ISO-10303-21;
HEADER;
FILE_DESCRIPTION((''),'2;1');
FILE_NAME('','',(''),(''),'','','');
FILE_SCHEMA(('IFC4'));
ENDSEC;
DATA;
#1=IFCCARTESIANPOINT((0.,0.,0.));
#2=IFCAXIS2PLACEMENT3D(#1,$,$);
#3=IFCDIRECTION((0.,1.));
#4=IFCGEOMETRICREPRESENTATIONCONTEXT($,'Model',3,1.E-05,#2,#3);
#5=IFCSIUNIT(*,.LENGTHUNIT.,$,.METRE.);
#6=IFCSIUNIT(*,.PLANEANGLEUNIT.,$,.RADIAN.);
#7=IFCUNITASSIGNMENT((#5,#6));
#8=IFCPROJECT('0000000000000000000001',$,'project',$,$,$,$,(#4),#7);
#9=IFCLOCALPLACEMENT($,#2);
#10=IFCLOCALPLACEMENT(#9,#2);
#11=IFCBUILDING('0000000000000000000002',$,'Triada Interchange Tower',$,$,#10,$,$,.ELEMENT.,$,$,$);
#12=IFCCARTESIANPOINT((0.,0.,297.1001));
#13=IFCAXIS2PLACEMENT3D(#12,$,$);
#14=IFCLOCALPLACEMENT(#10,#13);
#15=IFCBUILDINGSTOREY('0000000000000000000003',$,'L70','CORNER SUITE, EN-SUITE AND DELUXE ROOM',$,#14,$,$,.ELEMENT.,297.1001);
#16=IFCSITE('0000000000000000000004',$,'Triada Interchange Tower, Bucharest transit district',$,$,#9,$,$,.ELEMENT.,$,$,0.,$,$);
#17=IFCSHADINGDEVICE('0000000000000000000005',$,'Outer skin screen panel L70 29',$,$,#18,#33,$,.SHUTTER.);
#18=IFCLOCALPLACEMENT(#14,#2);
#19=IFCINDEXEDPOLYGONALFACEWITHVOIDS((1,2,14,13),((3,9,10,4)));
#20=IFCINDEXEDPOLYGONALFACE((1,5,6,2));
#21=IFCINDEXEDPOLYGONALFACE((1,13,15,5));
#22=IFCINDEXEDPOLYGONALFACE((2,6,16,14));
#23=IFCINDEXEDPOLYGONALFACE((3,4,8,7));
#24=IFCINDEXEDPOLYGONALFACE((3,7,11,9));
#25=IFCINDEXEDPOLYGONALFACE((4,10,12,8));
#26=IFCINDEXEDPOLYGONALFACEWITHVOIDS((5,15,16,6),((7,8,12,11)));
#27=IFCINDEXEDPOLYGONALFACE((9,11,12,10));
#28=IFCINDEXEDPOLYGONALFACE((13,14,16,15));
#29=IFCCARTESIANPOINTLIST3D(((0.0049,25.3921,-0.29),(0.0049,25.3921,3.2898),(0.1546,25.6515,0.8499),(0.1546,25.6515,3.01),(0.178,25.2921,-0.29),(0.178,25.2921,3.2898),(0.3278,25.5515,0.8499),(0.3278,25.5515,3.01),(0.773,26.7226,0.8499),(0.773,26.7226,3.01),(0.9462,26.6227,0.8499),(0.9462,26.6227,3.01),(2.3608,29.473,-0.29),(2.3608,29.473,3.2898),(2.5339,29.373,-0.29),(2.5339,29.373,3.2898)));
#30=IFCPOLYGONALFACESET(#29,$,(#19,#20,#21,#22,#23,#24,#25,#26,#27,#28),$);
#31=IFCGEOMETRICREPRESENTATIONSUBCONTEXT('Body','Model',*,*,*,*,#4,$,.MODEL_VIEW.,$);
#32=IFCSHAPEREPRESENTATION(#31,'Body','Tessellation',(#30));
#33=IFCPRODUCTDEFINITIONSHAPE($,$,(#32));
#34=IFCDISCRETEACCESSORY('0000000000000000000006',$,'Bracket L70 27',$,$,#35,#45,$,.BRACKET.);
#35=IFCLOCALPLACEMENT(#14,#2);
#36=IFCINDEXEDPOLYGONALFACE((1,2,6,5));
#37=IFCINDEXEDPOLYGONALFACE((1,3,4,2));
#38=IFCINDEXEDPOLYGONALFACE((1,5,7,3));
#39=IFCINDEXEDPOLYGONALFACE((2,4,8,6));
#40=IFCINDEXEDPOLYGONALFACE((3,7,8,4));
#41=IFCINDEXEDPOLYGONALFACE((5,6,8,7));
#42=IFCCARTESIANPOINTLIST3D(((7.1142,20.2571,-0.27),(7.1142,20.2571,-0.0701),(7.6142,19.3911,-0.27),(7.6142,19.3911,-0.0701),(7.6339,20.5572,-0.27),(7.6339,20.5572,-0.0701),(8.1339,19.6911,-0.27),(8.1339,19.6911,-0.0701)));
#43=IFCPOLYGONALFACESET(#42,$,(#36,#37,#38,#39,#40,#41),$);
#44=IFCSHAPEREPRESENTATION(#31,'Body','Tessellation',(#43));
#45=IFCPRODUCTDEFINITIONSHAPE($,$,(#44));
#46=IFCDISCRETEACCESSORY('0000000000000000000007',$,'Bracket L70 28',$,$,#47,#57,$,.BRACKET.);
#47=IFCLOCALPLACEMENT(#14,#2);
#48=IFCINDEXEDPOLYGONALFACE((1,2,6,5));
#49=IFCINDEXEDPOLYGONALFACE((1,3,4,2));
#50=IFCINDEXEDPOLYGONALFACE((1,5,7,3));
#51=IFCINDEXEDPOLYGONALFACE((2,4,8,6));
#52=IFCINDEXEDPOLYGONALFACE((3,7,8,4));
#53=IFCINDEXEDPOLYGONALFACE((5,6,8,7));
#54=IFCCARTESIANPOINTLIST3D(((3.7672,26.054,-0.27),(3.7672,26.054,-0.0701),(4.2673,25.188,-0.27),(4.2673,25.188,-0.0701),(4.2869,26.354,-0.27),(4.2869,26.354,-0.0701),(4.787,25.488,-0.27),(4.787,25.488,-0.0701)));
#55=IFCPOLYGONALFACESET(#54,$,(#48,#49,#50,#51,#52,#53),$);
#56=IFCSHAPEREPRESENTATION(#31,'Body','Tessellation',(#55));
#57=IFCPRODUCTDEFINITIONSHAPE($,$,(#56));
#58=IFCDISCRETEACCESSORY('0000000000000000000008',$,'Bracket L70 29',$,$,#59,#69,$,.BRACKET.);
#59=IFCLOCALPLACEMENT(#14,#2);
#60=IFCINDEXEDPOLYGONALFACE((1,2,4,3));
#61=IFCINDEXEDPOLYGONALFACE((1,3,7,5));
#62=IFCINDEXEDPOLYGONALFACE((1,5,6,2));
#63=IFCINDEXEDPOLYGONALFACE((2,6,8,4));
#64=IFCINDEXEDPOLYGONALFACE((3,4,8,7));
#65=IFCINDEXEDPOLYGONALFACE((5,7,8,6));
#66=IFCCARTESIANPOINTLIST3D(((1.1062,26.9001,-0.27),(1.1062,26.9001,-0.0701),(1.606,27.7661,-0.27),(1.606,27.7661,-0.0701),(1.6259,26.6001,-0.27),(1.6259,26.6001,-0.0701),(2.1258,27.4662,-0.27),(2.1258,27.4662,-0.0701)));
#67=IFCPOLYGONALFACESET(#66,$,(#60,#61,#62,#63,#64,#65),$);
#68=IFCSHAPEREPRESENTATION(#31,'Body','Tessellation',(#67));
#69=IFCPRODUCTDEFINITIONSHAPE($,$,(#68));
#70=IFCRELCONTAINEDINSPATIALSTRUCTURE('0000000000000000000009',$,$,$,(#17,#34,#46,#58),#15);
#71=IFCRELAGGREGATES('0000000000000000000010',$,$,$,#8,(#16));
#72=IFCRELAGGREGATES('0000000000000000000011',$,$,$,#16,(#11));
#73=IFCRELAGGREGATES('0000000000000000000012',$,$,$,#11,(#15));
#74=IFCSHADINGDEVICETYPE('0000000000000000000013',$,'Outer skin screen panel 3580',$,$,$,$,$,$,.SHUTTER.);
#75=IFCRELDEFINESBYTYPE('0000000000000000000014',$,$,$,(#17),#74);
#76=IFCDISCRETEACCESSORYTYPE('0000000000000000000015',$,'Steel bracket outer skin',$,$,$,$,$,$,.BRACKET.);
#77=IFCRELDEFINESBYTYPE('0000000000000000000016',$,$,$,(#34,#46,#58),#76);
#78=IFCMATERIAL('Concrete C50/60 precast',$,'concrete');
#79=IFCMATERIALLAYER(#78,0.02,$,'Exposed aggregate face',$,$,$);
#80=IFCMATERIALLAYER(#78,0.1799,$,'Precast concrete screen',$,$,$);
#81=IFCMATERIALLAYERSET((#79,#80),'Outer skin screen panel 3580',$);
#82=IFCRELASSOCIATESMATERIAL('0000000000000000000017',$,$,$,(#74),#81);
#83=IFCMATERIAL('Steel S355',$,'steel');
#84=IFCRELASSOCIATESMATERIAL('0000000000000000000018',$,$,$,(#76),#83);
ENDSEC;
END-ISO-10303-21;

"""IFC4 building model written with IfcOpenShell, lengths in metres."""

from ifc_helpers import new_model, si_unit, direction, frame, origin, origin_2d, place, context, subcontext, project, spatial, polyline, rectangle, outline, extrude, material, layer, layer_set, type_object, element, save


model = new_model("IFC4")

# Units and contexts
model_context = context("Model", 3, precision=1e-05, world=origin(), true_north=direction((0.0, 1.0)))
body_context = subcontext(model_context, "Body", "Model", "MODEL_VIEW")
ifc_project = project(units=[si_unit("LENGTHUNIT", "METRE"), si_unit("PLANEANGLEUNIT", "RADIAN")], contexts=[model_context])

# Site, building, storey
site_placement = place(None, origin())
site = spatial("IfcSite", under=ifc_project, at=site_placement, Name="Triada Interchange Tower, Bucharest transit district", CompositionType="ELEMENT", RefElevation=0.0)
building_placement = place(site_placement, origin())
building = spatial("IfcBuilding", under=site, at=building_placement, Name="Triada Interchange Tower", CompositionType="ELEMENT")
storey_placement = place(building_placement, frame((0.0, 0.0, 297.1001)))
storey = spatial("IfcBuildingStorey", under=building, at=storey_placement, Name="L70", Description="CORNER SUITE, EN-SUITE AND DELUXE ROOM", CompositionType="ELEMENT", Elevation=297.1001)

# Shading device
ifc_material_1 = material(Name="Concrete C50/60 precast", Category="concrete")
ifc_layer_1 = layer(ifc_material_1, 0.02, Name="Exposed aggregate face")
ifc_layer_2 = layer(ifc_material_1, 0.1799, Name="Precast concrete screen")
ifc_layer_set_1 = layer_set([ifc_layer_1, ifc_layer_2], Name="Outer skin screen panel 3580")
shading_device_type = type_object("IfcShadingDeviceType", Name="Outer skin screen panel 3580", PredefinedType="SHUTTER", material=ifc_layer_set_1)
shading_device_1_placement = place(storey_placement, frame((2.5339, 29.373, -0.29), z_axis=(0.0, 0.0, 1.0), x_axis=(-0.499962, -0.866048, 0.0)))
element("IfcShadingDevice", 1, at=shading_device_1_placement, inside=storey, type_object=shading_device_type, Name="Outer skin screen panel L70 29", PredefinedType="SHUTTER", context=body_context, shape_type="SweptSolid", body=[
    extrude(outline(polyline([(0.0, 0.0), (4.7122, 0.0), (4.7122, 3.5798), (0.0, 3.5798), (0.0, 0.0)]), holes=[polyline([(3.1758, 1.1399), (3.1758, 3.3), (4.4126, 3.3), (4.4126, 1.1399), (3.1758, 1.1399)])]), frame((0.0, 0.0, 0.0), z_axis=(0.0, -1.0, 0.0), x_axis=(1.0, 0.0, 0.0)), (0.0, 0.0, 1.0), 0.2),
])

# Discrete accessories
ifc_material_2 = material(Name="Steel S355", Category="steel")
discrete_accessory_type = type_object("IfcDiscreteAccessoryType", Name="Steel bracket outer skin", PredefinedType="BRACKET", material=ifc_material_2)
for number, where, z_axis, x_axis, name in (
    (2, (7.624, 19.9741, -0.27), (0.0, 0.0, 1.0), (0.866023, 0.500004, 0.0), "Bracket L70 27"),
    (3, (4.2771, 25.771, -0.27), (0.0, 0.0, 1.0), (0.866023, 0.500004, 0.0), "Bracket L70 28"),
    (4, (1.616, 27.1831, -0.27), (0.0, 0.0, 1.0), (-0.866091, 0.499887, 0.0), "Bracket L70 29"),
):
    element("IfcDiscreteAccessory", number, at=place(storey_placement, frame(where, z_axis=z_axis, x_axis=x_axis)), inside=storey, type_object=discrete_accessory_type, Name=name, PredefinedType="BRACKET", context=body_context, shape_type="SweptSolid", body=[
        extrude(rectangle(XDim=0.6001, YDim=1.0, at=origin_2d()), origin(), (0.0, 0.0, 1.0), 0.2),
    ])

save(model, "model.ifc")
